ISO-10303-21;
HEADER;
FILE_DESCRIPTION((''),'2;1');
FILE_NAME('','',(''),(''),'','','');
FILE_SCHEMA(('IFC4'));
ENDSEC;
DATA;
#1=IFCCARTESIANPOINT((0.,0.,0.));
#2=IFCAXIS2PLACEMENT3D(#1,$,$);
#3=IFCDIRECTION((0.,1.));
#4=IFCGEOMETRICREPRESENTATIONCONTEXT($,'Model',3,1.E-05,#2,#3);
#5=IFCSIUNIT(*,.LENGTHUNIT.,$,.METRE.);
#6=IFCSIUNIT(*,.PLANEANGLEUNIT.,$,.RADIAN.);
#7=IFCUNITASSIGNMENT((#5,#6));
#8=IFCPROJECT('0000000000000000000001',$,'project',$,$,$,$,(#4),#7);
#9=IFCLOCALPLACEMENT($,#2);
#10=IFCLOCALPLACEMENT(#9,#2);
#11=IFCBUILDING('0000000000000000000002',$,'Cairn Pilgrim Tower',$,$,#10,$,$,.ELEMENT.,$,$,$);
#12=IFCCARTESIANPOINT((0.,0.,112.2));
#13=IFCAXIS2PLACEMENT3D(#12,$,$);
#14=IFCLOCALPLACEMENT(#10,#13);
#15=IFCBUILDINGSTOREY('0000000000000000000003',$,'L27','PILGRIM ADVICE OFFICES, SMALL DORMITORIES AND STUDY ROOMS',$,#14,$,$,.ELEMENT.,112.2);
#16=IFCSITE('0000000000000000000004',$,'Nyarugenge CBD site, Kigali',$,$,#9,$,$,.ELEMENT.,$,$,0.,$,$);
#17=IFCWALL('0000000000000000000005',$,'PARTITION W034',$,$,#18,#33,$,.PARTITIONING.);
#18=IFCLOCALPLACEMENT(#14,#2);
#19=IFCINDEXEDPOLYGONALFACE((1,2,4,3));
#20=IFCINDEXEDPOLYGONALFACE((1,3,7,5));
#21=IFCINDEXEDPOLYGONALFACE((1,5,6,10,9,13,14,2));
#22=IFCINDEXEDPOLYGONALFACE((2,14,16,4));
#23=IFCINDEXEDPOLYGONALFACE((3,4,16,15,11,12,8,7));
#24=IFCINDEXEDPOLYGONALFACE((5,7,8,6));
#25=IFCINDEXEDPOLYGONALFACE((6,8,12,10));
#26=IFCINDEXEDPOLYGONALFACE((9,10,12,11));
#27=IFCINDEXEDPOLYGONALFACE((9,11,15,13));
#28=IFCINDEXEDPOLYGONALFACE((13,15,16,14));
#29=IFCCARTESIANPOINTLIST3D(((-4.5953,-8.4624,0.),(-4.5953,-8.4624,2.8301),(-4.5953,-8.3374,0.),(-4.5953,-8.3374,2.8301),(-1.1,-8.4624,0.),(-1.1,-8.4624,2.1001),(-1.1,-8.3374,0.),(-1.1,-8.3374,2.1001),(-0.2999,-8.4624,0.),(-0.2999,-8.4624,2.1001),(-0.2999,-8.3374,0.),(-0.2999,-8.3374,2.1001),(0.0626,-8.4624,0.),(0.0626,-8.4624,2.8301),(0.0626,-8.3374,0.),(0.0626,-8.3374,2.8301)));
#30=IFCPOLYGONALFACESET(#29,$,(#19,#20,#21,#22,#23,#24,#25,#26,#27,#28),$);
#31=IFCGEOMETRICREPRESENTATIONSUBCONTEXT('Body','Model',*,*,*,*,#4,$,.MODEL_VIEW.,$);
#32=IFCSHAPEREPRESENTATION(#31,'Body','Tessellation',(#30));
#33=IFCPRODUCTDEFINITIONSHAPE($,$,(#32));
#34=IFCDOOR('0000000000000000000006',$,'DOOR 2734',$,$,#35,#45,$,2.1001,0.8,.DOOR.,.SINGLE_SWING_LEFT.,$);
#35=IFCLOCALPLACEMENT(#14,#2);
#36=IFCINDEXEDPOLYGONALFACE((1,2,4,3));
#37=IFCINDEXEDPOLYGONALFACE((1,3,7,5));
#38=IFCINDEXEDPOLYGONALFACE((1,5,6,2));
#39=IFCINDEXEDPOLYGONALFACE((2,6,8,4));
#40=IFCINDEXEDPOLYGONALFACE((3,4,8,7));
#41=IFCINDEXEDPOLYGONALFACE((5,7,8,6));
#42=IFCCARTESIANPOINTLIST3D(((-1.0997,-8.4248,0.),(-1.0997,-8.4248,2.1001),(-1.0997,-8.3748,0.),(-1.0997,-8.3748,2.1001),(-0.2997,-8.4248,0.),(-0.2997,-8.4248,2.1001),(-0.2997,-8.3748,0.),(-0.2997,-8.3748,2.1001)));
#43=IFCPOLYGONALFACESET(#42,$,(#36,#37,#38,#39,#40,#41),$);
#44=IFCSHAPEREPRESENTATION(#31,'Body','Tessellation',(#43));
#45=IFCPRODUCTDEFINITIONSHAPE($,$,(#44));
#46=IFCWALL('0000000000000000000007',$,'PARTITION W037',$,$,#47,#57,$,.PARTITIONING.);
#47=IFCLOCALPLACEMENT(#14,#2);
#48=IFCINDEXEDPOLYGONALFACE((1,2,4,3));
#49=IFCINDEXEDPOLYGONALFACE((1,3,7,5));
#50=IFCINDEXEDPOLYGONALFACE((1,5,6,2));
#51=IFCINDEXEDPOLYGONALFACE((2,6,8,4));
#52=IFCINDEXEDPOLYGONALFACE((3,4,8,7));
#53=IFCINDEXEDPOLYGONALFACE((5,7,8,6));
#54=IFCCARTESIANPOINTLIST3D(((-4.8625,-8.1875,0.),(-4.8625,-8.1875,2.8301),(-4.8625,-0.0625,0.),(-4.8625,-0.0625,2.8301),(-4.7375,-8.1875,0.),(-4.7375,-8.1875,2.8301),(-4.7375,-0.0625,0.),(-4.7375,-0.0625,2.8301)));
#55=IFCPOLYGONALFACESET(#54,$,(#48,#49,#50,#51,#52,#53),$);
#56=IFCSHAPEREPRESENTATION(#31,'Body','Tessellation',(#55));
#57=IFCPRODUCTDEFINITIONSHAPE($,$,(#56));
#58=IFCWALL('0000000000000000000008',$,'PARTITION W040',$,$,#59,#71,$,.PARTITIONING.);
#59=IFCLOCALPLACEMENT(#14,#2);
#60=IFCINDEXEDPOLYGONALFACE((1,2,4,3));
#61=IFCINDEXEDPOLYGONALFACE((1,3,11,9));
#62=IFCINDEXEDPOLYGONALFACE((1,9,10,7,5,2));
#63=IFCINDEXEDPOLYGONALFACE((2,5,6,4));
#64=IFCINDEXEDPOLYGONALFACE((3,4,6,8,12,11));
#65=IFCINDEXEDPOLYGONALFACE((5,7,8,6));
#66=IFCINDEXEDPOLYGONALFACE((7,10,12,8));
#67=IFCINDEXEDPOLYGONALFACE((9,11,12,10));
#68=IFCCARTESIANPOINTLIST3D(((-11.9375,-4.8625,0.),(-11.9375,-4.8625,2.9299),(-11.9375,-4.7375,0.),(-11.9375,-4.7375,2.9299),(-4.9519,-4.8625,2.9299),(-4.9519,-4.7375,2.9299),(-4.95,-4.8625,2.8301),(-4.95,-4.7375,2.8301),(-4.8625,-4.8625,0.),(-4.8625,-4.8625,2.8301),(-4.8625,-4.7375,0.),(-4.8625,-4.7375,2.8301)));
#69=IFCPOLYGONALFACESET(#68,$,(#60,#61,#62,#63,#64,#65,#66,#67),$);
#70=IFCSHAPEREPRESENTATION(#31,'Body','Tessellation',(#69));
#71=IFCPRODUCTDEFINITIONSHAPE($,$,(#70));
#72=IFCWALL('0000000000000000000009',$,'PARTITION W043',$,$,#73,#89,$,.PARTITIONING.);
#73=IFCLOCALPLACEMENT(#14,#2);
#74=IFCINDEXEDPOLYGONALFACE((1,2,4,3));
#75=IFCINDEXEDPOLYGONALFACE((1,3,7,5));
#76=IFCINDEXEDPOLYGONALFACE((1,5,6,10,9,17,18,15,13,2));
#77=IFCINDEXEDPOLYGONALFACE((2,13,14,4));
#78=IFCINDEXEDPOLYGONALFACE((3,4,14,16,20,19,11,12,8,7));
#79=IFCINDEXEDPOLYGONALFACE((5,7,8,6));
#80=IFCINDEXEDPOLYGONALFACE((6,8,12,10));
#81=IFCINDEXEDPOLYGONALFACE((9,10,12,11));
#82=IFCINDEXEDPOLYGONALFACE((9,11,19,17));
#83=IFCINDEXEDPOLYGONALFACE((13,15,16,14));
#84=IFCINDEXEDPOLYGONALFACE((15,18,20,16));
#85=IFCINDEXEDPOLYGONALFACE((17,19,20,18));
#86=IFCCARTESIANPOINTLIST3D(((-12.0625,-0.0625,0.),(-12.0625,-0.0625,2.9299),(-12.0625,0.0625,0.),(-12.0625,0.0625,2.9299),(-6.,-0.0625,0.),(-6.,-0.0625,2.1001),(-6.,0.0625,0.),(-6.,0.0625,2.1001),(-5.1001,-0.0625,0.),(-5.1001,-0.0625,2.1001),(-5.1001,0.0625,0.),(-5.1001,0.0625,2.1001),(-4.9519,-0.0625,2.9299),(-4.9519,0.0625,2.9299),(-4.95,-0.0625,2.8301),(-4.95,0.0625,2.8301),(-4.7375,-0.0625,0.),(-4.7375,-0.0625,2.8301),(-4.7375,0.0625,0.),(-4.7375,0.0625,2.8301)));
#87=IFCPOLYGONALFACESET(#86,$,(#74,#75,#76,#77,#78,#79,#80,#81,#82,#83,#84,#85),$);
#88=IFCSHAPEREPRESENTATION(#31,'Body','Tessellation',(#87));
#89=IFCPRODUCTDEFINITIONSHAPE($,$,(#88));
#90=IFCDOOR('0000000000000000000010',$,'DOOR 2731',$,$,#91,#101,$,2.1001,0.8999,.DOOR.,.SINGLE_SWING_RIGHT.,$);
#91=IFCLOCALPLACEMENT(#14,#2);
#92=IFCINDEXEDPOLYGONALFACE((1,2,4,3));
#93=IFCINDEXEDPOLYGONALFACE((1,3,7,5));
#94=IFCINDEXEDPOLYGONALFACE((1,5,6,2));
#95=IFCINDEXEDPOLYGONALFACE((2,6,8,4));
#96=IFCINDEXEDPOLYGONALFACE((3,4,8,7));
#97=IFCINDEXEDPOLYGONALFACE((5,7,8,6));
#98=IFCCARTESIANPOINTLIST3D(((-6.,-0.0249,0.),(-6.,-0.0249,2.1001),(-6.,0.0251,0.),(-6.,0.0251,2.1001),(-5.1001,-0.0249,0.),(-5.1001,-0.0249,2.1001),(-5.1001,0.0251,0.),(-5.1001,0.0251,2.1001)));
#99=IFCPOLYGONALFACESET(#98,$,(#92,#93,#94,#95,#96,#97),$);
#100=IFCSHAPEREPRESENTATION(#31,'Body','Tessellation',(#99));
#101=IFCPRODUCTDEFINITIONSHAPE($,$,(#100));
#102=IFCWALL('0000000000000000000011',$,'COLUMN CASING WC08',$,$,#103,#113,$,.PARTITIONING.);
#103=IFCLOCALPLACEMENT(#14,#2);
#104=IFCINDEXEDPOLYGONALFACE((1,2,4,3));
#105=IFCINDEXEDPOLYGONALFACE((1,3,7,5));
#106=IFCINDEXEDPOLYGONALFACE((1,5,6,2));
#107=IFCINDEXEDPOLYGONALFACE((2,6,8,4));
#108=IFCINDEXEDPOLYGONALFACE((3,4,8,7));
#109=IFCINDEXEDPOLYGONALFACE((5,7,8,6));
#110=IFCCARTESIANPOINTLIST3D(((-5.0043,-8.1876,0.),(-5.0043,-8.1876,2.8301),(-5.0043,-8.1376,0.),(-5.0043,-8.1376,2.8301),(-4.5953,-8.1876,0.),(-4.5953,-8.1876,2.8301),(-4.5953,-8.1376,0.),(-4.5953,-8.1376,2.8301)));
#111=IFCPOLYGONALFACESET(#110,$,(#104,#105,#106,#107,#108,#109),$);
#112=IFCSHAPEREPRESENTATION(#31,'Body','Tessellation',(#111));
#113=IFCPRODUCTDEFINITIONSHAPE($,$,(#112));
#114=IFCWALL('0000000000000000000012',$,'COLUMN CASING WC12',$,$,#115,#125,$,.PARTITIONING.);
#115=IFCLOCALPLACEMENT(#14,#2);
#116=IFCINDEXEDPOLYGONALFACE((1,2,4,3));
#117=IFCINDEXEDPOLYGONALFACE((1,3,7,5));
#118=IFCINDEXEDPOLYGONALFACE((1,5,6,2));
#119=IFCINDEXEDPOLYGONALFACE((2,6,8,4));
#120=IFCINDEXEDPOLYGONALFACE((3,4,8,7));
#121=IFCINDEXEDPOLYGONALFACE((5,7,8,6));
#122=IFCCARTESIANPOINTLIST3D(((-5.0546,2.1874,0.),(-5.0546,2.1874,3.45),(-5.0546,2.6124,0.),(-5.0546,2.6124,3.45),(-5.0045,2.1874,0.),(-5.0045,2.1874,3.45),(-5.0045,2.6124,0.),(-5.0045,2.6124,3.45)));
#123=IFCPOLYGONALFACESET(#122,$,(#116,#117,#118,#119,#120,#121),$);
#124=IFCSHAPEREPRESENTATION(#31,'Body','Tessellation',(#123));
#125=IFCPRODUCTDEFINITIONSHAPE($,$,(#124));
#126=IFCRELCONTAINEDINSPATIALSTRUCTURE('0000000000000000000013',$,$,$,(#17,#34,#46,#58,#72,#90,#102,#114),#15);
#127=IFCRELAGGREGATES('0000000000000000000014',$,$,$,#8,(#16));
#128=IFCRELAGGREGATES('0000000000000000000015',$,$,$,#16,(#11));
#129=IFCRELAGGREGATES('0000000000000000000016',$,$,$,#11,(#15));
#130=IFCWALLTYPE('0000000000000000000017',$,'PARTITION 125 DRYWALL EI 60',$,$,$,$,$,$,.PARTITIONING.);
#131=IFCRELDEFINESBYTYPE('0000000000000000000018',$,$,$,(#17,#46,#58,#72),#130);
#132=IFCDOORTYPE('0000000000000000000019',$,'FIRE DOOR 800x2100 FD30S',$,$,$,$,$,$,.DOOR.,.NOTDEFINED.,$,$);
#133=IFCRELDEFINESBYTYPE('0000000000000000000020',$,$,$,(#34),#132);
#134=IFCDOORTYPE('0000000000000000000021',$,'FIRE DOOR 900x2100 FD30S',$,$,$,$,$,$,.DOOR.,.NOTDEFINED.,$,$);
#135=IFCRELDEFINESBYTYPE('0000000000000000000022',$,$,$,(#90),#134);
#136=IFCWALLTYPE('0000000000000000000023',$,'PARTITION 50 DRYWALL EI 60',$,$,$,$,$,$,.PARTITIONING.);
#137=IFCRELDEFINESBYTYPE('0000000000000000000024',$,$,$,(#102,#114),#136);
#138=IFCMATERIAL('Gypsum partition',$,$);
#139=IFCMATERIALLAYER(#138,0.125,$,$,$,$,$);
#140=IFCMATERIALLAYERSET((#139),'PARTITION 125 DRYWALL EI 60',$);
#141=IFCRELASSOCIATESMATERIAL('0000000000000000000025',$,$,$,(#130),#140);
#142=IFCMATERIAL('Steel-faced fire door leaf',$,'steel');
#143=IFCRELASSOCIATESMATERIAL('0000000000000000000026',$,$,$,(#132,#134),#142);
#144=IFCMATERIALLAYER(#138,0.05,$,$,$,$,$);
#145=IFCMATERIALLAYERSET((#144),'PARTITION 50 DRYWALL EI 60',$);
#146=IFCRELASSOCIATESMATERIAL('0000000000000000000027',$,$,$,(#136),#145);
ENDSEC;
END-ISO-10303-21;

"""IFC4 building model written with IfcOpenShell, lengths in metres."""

from ifc_helpers import new_model, si_unit, direction, frame, frame_2d, origin, place, context, subcontext, project, spatial, polyline, rectangle, outline, extrude, material, layer, layer_set, type_object, element, fill, save


model = new_model("IFC4")

# Units and contexts
model_context = context("Model", 3, precision=1e-05, world=origin(), true_north=direction((0.0, 1.0)))
body_context = subcontext(model_context, "Body", "Model", "MODEL_VIEW")
ifc_project = project(units=[si_unit("LENGTHUNIT", "METRE"), si_unit("PLANEANGLEUNIT", "RADIAN")], contexts=[model_context])

# Site, building, storey
site_placement = place(None, origin())
site = spatial("IfcSite", under=ifc_project, at=site_placement, Name="Nyarugenge CBD site, Kigali", CompositionType="ELEMENT", RefElevation=0.0)
building_placement = place(site_placement, origin())
building = spatial("IfcBuilding", under=site, at=building_placement, Name="Cairn Pilgrim Tower", CompositionType="ELEMENT")
storey_placement = place(building_placement, frame((0.0, 0.0, 112.2)))
storey = spatial("IfcBuildingStorey", under=building, at=storey_placement, Name="L27", Description="PILGRIM ADVICE OFFICES, SMALL DORMITORIES AND STUDY ROOMS", CompositionType="ELEMENT", Elevation=112.2)

# Wall, opening, door
ifc_material_1 = material(Name="Gypsum partition")
ifc_layer_1 = layer(ifc_material_1, 0.125)
ifc_layer_set_1 = layer_set([ifc_layer_1], Name="PARTITION 125 DRYWALL EI 60")
wall_type_1 = type_object("IfcWallType", Name="PARTITION 125 DRYWALL EI 60", PredefinedType="PARTITIONING", material=ifc_layer_set_1)
wall_1_placement = place(storey_placement, frame((-4.5955, -8.3999, 0.0), z_axis=(0.0, 0.0, 1.0), x_axis=(1.0, 0.0, 0.0)))
wall_1 = element("IfcWall", 1, at=wall_1_placement, inside=storey, type_object=wall_type_1, Name="PARTITION W034", PredefinedType="PARTITIONING", context=body_context, shape_type="SweptSolid", body=[
    extrude(rectangle(XDim=4.658, YDim=0.125, at=frame_2d((2.3291, 0.0))), origin(), (0.0, 0.0, 1.0), 2.8301),
])
opening_1_placement = place(wall_1_placement, frame((3.4956, 0.0, 0.0)))
opening_1 = element("IfcOpeningElement", 2, at=opening_1_placement, cuts=wall_1, PredefinedType="OPENING", context=body_context, shape_type="SweptSolid", body=[
    extrude(rectangle(XDim=0.8, YDim=2.1001, at=frame_2d((0.3999, 1.05))), frame((0.0, 0.0725, 0.0), z_axis=(0.0, -1.0, 0.0), x_axis=(1.0, 0.0, 0.0)), (0.0, 0.0, 1.0), 0.145),
])
ifc_material_2 = material(Name="Steel-faced fire door leaf", Category="steel")
door_type_1 = type_object("IfcDoorType", Name="FIRE DOOR 800x2100 FD30S", OperationType="NOTDEFINED", PredefinedType="DOOR", material=ifc_material_2)
door_1_placement = place(opening_1_placement, frame((0.8, 0.0, 0.0), z_axis=(0.0, 0.0, 1.0), x_axis=(-1.0, 0.0, 0.0)))
door_1 = element("IfcDoor", 3, at=door_1_placement, inside=storey, type_object=door_type_1, Name="DOOR 2734", OperationType="SINGLE_SWING_LEFT", OverallHeight=2.1001, OverallWidth=0.8, PredefinedType="DOOR", context=body_context, shape_type="SweptSolid", body=[
    extrude(rectangle(XDim=0.8, YDim=2.1001, at=frame_2d((0.3999, 1.05))), frame((0.0, 0.0249, 0.0), z_axis=(0.0, -1.0, 0.0), x_axis=(1.0, 0.0, 0.0)), (0.0, 0.0, 1.0), 0.05),
])
fill(opening_1, door_1)

# Walls
wall_2_placement = place(storey_placement, frame((-4.8, -8.1875, 0.0), z_axis=(0.0, 0.0, 1.0), x_axis=(0.0, 1.0, 0.0)))
element("IfcWall", 4, at=wall_2_placement, inside=storey, type_object=wall_type_1, Name="PARTITION W037", PredefinedType="PARTITIONING", context=body_context, shape_type="SweptSolid", body=[
    extrude(rectangle(XDim=8.125, YDim=0.125, at=frame_2d((4.0625, 0.0))), origin(), (0.0, 0.0, 1.0), 2.8301),
])
wall_3_placement = place(storey_placement, frame((-11.9375, -4.8, 0.0), z_axis=(0.0, 0.0, 1.0), x_axis=(1.0, 0.0, 0.0)))
element("IfcWall", 5, at=wall_3_placement, inside=storey, type_object=wall_type_1, Name="PARTITION W040", PredefinedType="PARTITIONING", context=body_context, shape_type="SweptSolid", body=[
    extrude(outline(polyline([(0.0, 0.0), (7.075, 0.0), (7.075, 2.8301), (6.9875, 2.8301), (6.9856, 2.9299), (0.0, 2.9299), (0.0, 0.0)])), frame((0.0, 0.0625, 0.0), z_axis=(0.0, -1.0, 0.0), x_axis=(1.0, 0.0, 0.0)), (0.0, 0.0, 1.0), 0.125),
])

# Wall, opening, door
wall_4_placement = place(storey_placement, frame((-12.0625, 0.0, 0.0), z_axis=(0.0, 0.0, 1.0), x_axis=(1.0, 0.0, 0.0)))
wall_4 = element("IfcWall", 6, at=wall_4_placement, inside=storey, type_object=wall_type_1, Name="PARTITION W043", PredefinedType="PARTITIONING", context=body_context, shape_type="SweptSolid", body=[
    extrude(outline(polyline([(0.0, 0.0), (7.325, 0.0), (7.325, 2.8301), (7.1125, 2.8301), (7.1106, 2.9299), (0.0, 2.9299), (0.0, 0.0)])), frame((0.0, 0.0625, 0.0), z_axis=(0.0, -1.0, 0.0), x_axis=(1.0, 0.0, 0.0)), (0.0, 0.0, 1.0), 0.125),
])
opening_2_placement = place(wall_4_placement, frame((6.0625, 0.0, 0.0)))
opening_2 = element("IfcOpeningElement", 7, at=opening_2_placement, cuts=wall_4, PredefinedType="OPENING", context=body_context, shape_type="SweptSolid", body=[
    extrude(rectangle(XDim=0.8999, YDim=2.1001, at=frame_2d((0.45, 1.05))), frame((0.0, 0.0725, 0.0), z_axis=(0.0, -1.0, 0.0), x_axis=(1.0, 0.0, 0.0)), (0.0, 0.0, 1.0), 0.145),
])
door_type_2 = type_object("IfcDoorType", Name="FIRE DOOR 900x2100 FD30S", OperationType="NOTDEFINED", PredefinedType="DOOR", material=ifc_material_2)
door_2_placement = place(opening_2_placement, frame((0.8999, 0.0, 0.0), z_axis=(0.0, 0.0, 1.0), x_axis=(-1.0, 0.0, 0.0)))
door_2 = element("IfcDoor", 8, at=door_2_placement, inside=storey, type_object=door_type_2, Name="DOOR 2731", OperationType="SINGLE_SWING_RIGHT", OverallHeight=2.1001, OverallWidth=0.8999, PredefinedType="DOOR", context=body_context, shape_type="SweptSolid", body=[
    extrude(rectangle(XDim=0.8999, YDim=2.1001, at=frame_2d((0.45, 1.05))), frame((0.0, 0.0249, 0.0), z_axis=(0.0, -1.0, 0.0), x_axis=(1.0, 0.0, 0.0)), (0.0, 0.0, 1.0), 0.05),
])
fill(opening_2, door_2)

# Walls
ifc_layer_2 = layer(ifc_material_1, 0.05)
ifc_layer_set_2 = layer_set([ifc_layer_2], Name="PARTITION 50 DRYWALL EI 60")
wall_type_2 = type_object("IfcWallType", Name="PARTITION 50 DRYWALL EI 60", PredefinedType="PARTITIONING", material=ifc_layer_set_2)
wall_5_placement = place(storey_placement, frame((-5.0044, -8.1626, 0.0), z_axis=(0.0, 0.0, 1.0), x_axis=(1.0, 0.0, 0.0)))
element("IfcWall", 9, at=wall_5_placement, inside=storey, type_object=wall_type_2, Name="COLUMN CASING WC08", PredefinedType="PARTITIONING", context=body_context, shape_type="SweptSolid", body=[
    extrude(rectangle(XDim=0.4089, YDim=0.05, at=frame_2d((0.2046, 0.0))), origin(), (0.0, 0.0, 1.0), 2.8301),
])
wall_6_placement = place(storey_placement, frame((-5.0295, 2.1875, 0.0), z_axis=(0.0, 0.0, 1.0), x_axis=(0.0, 1.0, 0.0)))
element("IfcWall", 10, at=wall_6_placement, inside=storey, type_object=wall_type_2, Name="COLUMN CASING WC12", PredefinedType="PARTITIONING", context=body_context, shape_type="SweptSolid", body=[
    extrude(rectangle(XDim=0.425, YDim=0.05, at=frame_2d((0.2124, 0.0))), origin(), (0.0, 0.0, 1.0), 3.45),
])

save(model, "model.ifc")
